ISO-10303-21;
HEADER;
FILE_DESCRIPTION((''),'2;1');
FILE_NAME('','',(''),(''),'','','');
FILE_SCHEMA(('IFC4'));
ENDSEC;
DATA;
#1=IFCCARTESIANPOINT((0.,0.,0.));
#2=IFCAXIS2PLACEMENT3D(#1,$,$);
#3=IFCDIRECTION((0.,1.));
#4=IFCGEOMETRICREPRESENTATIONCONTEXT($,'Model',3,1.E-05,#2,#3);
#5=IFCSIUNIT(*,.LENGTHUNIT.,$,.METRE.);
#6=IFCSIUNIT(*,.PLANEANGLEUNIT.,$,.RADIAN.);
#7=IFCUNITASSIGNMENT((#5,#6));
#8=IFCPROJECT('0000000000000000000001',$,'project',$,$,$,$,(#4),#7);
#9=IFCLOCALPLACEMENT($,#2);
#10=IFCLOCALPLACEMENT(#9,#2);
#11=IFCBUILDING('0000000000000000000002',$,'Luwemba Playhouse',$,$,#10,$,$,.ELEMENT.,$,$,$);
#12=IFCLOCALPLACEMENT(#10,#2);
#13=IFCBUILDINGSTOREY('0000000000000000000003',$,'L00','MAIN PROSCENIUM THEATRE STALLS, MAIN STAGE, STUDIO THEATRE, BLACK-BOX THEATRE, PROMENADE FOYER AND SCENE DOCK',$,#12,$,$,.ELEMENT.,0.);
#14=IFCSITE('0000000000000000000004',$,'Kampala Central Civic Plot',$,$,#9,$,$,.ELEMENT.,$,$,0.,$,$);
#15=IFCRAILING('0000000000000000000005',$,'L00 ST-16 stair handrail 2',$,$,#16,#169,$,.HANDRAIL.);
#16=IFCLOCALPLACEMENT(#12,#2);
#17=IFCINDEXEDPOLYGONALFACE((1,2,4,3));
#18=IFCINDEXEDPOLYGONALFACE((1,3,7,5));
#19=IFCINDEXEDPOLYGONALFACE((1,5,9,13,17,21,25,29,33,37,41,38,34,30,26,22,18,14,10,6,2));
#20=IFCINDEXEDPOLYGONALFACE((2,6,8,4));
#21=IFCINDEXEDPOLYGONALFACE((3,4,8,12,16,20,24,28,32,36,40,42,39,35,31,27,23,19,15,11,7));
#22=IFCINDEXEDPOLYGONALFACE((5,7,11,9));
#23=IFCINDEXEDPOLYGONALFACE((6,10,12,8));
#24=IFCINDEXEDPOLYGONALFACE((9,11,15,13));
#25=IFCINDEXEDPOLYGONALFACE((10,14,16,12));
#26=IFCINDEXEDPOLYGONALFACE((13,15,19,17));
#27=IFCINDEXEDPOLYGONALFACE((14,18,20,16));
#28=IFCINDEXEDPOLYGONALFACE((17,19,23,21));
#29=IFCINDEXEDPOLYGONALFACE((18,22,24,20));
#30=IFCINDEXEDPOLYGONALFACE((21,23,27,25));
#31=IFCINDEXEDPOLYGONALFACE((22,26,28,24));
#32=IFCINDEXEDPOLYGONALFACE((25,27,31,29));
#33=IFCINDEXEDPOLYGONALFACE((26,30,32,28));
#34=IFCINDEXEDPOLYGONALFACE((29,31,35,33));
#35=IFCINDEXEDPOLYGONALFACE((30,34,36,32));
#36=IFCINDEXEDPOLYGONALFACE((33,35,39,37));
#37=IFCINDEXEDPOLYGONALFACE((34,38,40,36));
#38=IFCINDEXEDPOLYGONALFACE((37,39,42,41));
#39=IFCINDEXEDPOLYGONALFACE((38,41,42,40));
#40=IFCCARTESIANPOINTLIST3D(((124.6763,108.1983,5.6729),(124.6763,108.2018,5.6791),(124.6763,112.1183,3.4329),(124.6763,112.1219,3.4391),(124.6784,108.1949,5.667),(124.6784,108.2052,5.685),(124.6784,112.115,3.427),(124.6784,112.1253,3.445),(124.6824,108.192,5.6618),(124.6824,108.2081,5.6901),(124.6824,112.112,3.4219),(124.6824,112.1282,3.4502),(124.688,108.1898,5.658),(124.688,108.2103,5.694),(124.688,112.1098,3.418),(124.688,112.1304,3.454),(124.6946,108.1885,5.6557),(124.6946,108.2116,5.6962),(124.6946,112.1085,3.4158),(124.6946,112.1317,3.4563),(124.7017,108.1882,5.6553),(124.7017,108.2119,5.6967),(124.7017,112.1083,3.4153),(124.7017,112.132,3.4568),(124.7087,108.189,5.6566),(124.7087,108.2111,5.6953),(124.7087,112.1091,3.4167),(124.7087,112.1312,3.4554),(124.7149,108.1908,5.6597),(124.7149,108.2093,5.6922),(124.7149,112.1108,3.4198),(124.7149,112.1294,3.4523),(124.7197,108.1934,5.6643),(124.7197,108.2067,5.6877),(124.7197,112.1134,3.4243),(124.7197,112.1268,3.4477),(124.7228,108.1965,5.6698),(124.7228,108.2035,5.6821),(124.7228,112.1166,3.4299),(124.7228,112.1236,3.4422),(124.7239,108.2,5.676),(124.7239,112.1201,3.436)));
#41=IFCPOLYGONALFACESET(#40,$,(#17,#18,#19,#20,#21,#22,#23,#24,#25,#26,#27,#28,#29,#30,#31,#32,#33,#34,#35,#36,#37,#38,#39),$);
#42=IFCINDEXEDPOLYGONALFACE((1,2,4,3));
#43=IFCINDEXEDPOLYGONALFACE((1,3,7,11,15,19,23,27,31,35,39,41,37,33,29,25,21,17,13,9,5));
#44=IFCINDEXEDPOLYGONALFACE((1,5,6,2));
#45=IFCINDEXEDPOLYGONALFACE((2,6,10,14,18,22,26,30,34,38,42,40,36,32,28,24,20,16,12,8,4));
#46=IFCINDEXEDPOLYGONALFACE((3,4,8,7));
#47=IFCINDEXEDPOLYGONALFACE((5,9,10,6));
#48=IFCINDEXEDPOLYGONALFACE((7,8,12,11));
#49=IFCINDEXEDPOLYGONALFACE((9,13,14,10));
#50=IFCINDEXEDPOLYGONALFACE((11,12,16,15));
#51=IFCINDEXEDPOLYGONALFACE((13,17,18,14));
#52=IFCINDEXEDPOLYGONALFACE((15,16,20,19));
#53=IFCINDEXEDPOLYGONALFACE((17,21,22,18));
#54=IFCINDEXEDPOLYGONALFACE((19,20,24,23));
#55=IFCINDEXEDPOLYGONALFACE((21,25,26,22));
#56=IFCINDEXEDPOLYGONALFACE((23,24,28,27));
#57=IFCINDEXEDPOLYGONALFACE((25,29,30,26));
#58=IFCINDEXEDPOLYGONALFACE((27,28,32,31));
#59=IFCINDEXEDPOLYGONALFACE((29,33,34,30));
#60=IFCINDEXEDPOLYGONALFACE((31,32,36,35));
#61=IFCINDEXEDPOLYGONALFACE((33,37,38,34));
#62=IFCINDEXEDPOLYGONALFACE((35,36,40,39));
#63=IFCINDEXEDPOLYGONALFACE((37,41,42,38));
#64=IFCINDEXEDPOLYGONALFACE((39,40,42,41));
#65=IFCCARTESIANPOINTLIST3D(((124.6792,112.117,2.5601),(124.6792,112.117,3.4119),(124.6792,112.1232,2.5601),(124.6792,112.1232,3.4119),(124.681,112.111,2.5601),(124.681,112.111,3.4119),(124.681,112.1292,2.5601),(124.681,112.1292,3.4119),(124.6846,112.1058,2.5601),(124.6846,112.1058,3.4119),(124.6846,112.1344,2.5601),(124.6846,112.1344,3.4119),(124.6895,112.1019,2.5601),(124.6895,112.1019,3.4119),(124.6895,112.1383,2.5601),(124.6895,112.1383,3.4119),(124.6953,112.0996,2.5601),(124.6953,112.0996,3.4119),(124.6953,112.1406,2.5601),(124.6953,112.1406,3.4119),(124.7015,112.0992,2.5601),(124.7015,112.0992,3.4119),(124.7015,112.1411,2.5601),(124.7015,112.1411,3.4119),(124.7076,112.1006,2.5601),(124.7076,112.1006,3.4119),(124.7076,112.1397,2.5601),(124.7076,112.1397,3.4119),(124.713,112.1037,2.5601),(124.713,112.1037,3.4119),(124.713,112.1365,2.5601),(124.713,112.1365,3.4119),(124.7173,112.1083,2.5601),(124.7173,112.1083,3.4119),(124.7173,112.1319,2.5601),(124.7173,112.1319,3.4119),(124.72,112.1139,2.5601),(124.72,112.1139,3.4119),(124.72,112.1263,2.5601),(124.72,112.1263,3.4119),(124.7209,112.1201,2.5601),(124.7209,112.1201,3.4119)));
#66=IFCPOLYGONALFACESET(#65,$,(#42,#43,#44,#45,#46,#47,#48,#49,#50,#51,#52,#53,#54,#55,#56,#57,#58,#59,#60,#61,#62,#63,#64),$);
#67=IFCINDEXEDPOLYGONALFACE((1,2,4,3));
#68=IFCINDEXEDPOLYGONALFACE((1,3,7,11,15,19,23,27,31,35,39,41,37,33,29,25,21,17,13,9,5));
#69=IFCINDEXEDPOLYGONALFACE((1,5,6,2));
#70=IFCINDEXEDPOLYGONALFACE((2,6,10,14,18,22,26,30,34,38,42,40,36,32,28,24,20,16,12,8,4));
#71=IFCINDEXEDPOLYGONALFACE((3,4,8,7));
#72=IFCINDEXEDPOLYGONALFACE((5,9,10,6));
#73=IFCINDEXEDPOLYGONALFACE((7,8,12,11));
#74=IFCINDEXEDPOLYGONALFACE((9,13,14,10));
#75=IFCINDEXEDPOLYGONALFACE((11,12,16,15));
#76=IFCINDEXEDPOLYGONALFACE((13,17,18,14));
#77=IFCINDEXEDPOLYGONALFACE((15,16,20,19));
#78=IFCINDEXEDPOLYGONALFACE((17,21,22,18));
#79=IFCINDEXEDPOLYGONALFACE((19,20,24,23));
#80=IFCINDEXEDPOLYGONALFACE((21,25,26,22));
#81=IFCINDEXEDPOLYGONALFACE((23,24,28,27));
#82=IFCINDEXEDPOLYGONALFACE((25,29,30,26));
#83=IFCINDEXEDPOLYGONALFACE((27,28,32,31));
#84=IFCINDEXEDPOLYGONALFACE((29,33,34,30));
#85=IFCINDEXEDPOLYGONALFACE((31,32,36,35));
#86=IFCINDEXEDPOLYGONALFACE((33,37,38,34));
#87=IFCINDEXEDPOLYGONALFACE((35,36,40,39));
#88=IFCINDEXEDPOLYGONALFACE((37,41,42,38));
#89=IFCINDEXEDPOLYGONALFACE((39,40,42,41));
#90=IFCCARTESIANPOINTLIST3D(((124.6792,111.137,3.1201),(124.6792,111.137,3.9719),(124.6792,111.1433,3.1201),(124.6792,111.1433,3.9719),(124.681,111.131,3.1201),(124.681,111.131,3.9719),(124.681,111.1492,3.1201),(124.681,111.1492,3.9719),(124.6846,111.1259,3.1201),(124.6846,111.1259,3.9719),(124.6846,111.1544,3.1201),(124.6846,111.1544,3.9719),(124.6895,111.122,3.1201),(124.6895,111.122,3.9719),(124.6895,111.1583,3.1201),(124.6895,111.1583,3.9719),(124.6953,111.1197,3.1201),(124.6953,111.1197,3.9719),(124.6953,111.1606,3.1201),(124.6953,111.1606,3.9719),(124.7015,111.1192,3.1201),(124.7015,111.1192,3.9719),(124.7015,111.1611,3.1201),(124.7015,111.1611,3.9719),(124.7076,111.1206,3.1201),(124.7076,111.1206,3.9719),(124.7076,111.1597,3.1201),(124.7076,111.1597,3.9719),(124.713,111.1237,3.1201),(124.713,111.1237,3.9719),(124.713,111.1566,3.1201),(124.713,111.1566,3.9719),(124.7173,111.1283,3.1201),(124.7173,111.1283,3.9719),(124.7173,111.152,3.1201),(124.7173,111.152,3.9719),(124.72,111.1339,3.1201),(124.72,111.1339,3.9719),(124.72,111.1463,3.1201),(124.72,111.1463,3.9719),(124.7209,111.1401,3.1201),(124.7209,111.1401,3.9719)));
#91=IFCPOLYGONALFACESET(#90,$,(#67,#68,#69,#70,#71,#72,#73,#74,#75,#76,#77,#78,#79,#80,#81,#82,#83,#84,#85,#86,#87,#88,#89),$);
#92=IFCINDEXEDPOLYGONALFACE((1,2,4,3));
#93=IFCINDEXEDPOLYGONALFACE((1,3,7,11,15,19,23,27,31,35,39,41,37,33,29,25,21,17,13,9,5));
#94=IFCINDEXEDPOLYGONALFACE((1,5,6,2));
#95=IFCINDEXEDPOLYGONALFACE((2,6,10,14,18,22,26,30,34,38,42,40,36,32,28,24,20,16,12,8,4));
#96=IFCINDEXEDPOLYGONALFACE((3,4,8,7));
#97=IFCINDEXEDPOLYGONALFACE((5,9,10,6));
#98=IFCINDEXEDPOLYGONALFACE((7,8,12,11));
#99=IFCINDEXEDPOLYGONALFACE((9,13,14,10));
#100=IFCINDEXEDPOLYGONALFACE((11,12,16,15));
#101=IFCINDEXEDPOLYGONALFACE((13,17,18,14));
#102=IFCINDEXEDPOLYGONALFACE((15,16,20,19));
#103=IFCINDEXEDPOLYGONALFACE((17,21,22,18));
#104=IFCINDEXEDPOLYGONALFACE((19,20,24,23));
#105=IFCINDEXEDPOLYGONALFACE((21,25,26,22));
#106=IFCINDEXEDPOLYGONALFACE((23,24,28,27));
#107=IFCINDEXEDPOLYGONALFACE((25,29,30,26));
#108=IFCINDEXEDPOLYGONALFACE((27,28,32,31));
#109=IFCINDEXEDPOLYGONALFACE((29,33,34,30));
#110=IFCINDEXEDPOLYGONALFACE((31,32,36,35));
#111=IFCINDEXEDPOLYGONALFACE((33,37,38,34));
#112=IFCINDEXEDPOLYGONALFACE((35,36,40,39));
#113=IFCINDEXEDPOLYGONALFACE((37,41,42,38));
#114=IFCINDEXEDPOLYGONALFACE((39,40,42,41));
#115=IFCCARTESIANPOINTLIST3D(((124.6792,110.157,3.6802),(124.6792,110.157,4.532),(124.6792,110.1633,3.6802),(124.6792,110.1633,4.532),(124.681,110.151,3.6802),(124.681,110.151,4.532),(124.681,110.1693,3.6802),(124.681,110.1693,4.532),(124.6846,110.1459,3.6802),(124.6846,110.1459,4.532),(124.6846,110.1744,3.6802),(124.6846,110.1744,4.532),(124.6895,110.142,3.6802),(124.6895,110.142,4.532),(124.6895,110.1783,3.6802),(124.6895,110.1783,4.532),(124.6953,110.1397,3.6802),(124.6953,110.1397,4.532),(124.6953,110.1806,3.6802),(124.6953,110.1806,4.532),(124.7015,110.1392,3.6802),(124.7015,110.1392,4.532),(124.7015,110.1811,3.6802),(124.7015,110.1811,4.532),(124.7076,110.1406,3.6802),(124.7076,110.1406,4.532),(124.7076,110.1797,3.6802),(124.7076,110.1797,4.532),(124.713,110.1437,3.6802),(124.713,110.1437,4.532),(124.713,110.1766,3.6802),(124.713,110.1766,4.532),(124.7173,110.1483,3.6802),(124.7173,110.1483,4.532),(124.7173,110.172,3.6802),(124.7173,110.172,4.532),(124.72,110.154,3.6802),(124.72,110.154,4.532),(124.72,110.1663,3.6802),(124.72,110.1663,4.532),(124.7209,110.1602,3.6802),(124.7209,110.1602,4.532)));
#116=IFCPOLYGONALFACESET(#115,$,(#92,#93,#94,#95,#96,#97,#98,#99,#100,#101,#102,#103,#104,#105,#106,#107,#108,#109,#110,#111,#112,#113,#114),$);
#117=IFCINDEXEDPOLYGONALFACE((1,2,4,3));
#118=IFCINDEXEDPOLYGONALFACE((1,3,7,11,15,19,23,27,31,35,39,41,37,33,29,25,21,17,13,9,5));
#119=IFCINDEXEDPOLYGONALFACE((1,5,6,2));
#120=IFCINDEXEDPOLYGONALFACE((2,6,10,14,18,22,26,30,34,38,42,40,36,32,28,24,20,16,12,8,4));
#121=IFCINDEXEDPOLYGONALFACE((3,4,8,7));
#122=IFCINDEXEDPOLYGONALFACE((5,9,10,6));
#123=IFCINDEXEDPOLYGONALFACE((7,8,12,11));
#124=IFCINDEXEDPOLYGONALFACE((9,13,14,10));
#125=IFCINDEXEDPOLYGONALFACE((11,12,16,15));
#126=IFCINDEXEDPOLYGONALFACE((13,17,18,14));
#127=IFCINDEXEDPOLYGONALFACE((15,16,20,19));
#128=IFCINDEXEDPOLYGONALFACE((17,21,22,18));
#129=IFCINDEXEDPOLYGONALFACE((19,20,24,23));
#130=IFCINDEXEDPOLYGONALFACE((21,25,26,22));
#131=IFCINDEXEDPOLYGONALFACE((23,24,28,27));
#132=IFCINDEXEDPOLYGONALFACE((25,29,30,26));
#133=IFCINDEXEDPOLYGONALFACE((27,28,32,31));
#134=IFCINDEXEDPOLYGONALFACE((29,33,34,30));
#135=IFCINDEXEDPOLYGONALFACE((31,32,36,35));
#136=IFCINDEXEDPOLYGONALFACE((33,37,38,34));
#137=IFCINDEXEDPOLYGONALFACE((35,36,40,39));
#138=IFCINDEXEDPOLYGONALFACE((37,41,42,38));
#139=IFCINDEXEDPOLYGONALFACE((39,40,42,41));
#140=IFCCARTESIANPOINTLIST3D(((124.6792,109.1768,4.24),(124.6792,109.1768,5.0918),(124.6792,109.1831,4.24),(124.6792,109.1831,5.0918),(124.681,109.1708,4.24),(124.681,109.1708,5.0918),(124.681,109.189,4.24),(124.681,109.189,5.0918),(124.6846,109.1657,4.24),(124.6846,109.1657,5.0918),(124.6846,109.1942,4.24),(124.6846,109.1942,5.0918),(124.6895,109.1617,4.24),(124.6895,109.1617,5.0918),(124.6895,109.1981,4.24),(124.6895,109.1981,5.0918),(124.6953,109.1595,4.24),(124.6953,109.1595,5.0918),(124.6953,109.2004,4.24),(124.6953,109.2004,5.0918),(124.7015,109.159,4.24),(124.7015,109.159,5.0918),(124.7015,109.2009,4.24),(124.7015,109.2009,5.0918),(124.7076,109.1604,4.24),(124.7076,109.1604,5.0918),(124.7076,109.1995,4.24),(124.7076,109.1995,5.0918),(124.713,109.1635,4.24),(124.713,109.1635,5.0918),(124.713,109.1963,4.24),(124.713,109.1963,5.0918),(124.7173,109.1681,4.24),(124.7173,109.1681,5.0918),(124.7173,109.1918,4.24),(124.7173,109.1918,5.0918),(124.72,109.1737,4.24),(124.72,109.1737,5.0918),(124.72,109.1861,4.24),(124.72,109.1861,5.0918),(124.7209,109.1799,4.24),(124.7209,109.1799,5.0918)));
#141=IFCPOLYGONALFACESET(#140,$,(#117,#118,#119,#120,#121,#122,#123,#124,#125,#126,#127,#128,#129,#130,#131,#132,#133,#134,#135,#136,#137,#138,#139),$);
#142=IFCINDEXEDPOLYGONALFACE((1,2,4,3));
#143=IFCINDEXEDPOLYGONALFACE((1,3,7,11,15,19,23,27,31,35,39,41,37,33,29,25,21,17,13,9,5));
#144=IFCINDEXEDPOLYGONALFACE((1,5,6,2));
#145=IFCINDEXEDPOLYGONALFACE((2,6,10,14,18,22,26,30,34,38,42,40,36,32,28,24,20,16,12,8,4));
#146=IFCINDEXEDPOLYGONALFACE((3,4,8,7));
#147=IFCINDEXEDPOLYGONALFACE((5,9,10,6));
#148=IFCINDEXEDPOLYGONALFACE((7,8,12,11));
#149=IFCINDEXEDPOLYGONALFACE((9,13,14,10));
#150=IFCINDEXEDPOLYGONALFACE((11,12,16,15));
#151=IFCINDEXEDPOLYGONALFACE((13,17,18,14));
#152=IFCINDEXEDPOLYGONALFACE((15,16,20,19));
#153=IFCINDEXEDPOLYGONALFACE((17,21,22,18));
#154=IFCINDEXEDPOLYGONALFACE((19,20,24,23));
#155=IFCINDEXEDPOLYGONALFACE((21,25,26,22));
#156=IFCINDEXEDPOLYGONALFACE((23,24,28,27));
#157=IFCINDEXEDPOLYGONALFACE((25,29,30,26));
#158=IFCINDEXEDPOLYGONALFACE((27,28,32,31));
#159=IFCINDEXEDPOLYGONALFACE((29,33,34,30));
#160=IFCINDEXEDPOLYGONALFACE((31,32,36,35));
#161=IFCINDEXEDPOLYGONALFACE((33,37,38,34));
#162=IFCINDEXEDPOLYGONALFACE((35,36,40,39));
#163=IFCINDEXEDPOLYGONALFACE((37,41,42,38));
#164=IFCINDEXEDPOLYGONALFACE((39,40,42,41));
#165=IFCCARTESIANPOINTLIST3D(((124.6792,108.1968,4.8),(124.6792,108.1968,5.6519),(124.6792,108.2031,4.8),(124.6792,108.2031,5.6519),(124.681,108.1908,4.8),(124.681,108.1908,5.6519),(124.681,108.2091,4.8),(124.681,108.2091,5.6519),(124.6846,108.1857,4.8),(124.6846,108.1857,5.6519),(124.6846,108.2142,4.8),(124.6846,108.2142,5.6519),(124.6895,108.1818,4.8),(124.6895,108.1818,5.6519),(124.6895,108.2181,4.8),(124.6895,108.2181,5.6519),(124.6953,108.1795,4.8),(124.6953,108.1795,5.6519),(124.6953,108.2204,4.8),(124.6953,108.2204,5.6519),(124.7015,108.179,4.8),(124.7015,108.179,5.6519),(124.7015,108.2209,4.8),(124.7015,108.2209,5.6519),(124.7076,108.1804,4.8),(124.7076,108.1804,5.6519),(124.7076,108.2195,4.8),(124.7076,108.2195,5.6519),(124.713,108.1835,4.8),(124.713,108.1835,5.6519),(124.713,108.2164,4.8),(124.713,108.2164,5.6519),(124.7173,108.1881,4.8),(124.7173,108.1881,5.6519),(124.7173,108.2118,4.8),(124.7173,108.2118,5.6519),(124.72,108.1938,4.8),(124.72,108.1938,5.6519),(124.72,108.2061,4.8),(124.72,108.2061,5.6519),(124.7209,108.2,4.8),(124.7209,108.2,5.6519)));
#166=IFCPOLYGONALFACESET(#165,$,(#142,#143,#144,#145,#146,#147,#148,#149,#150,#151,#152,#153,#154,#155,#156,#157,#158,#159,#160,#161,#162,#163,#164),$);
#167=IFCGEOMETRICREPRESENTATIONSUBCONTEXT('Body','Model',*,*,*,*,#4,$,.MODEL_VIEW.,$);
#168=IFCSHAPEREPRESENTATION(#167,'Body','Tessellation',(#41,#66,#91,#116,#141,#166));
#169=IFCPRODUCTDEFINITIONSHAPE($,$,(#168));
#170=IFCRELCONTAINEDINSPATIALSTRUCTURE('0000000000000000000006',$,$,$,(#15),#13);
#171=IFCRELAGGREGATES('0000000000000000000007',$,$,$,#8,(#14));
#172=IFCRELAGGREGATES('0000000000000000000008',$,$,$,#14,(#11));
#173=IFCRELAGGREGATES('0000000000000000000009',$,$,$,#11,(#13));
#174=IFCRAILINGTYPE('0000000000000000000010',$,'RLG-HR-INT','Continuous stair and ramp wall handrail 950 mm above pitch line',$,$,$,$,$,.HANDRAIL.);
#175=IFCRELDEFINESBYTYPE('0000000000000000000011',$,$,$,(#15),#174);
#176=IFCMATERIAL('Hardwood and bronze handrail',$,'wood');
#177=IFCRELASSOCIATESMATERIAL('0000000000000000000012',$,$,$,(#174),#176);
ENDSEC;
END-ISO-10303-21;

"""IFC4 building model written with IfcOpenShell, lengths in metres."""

from ifc_helpers import new_model, si_unit, direction, frame, origin, origin_2d, place, context, subcontext, project, spatial, circle, extrude, material, type_object, element, save


model = new_model("IFC4")

# Units and contexts
model_context = context("Model", 3, precision=1e-05, world=origin(), true_north=direction((0.0, 1.0)))
body_context = subcontext(model_context, "Body", "Model", "MODEL_VIEW")
ifc_project = project(units=[si_unit("LENGTHUNIT", "METRE"), si_unit("PLANEANGLEUNIT", "RADIAN")], contexts=[model_context])

# Site, building, storey
site_placement = place(None, origin())
site = spatial("IfcSite", under=ifc_project, at=site_placement, Name="Kampala Central Civic Plot", CompositionType="ELEMENT", RefElevation=0.0)
building_placement = place(site_placement, origin())
building = spatial("IfcBuilding", under=site, at=building_placement, Name="Luwemba Playhouse", CompositionType="ELEMENT")
storey_placement = place(building_placement, origin())
storey = spatial("IfcBuildingStorey", under=building, at=storey_placement, Name="L00", Description="MAIN PROSCENIUM THEATRE STALLS, MAIN STAGE, STUDIO THEATRE, BLACK-BOX THEATRE, PROMENADE FOYER AND SCENE DOCK", CompositionType="ELEMENT", Elevation=0.0)

# Railing
ifc_material_1 = material(Name="Hardwood and bronze handrail", Category="wood")
railing_type_1 = type_object("IfcRailingType", Name="RLG-HR-INT", Description="Continuous stair and ramp wall handrail 950 mm above pitch line", PredefinedType="HANDRAIL", material=ifc_material_1)
railing_1_placement = place(storey_placement, frame((124.7, 112.1201, 2.5601)))
element("IfcRailing", 1, at=railing_1_placement, inside=storey, type_object=railing_type_1, Name="L00 ST-16 stair handrail 2", PredefinedType="HANDRAIL", context=body_context, shape_type="SweptSolid", body=[
    extrude(circle(Radius=0.0239, at=origin_2d()), frame((0.0, 0.0, 0.876), z_axis=(0.0, -0.868253, 0.496121), x_axis=(1.0, 0.0, 0.0)), (0.0, 0.0, 1.0), 4.5149),
    extrude(circle(Radius=0.021, at=origin_2d()), origin(), (0.0, 0.0, 1.0), 0.8518),
    extrude(circle(Radius=0.021, at=origin_2d()), frame((0.0, -0.98, 0.5601)), (0.0, 0.0, 1.0), 0.8518),
    extrude(circle(Radius=0.021, at=origin_2d()), frame((0.0, -1.96, 1.1201)), (0.0, 0.0, 1.0), 0.8518),
    extrude(circle(Radius=0.021, at=origin_2d()), frame((0.0, -2.9402, 1.6799)), (0.0, 0.0, 1.0), 0.8518),
    extrude(circle(Radius=0.021, at=origin_2d()), frame((0.0, -3.9202, 2.24)), (0.0, 0.0, 1.0), 0.8518),
])

save(model, "model.ifc")
